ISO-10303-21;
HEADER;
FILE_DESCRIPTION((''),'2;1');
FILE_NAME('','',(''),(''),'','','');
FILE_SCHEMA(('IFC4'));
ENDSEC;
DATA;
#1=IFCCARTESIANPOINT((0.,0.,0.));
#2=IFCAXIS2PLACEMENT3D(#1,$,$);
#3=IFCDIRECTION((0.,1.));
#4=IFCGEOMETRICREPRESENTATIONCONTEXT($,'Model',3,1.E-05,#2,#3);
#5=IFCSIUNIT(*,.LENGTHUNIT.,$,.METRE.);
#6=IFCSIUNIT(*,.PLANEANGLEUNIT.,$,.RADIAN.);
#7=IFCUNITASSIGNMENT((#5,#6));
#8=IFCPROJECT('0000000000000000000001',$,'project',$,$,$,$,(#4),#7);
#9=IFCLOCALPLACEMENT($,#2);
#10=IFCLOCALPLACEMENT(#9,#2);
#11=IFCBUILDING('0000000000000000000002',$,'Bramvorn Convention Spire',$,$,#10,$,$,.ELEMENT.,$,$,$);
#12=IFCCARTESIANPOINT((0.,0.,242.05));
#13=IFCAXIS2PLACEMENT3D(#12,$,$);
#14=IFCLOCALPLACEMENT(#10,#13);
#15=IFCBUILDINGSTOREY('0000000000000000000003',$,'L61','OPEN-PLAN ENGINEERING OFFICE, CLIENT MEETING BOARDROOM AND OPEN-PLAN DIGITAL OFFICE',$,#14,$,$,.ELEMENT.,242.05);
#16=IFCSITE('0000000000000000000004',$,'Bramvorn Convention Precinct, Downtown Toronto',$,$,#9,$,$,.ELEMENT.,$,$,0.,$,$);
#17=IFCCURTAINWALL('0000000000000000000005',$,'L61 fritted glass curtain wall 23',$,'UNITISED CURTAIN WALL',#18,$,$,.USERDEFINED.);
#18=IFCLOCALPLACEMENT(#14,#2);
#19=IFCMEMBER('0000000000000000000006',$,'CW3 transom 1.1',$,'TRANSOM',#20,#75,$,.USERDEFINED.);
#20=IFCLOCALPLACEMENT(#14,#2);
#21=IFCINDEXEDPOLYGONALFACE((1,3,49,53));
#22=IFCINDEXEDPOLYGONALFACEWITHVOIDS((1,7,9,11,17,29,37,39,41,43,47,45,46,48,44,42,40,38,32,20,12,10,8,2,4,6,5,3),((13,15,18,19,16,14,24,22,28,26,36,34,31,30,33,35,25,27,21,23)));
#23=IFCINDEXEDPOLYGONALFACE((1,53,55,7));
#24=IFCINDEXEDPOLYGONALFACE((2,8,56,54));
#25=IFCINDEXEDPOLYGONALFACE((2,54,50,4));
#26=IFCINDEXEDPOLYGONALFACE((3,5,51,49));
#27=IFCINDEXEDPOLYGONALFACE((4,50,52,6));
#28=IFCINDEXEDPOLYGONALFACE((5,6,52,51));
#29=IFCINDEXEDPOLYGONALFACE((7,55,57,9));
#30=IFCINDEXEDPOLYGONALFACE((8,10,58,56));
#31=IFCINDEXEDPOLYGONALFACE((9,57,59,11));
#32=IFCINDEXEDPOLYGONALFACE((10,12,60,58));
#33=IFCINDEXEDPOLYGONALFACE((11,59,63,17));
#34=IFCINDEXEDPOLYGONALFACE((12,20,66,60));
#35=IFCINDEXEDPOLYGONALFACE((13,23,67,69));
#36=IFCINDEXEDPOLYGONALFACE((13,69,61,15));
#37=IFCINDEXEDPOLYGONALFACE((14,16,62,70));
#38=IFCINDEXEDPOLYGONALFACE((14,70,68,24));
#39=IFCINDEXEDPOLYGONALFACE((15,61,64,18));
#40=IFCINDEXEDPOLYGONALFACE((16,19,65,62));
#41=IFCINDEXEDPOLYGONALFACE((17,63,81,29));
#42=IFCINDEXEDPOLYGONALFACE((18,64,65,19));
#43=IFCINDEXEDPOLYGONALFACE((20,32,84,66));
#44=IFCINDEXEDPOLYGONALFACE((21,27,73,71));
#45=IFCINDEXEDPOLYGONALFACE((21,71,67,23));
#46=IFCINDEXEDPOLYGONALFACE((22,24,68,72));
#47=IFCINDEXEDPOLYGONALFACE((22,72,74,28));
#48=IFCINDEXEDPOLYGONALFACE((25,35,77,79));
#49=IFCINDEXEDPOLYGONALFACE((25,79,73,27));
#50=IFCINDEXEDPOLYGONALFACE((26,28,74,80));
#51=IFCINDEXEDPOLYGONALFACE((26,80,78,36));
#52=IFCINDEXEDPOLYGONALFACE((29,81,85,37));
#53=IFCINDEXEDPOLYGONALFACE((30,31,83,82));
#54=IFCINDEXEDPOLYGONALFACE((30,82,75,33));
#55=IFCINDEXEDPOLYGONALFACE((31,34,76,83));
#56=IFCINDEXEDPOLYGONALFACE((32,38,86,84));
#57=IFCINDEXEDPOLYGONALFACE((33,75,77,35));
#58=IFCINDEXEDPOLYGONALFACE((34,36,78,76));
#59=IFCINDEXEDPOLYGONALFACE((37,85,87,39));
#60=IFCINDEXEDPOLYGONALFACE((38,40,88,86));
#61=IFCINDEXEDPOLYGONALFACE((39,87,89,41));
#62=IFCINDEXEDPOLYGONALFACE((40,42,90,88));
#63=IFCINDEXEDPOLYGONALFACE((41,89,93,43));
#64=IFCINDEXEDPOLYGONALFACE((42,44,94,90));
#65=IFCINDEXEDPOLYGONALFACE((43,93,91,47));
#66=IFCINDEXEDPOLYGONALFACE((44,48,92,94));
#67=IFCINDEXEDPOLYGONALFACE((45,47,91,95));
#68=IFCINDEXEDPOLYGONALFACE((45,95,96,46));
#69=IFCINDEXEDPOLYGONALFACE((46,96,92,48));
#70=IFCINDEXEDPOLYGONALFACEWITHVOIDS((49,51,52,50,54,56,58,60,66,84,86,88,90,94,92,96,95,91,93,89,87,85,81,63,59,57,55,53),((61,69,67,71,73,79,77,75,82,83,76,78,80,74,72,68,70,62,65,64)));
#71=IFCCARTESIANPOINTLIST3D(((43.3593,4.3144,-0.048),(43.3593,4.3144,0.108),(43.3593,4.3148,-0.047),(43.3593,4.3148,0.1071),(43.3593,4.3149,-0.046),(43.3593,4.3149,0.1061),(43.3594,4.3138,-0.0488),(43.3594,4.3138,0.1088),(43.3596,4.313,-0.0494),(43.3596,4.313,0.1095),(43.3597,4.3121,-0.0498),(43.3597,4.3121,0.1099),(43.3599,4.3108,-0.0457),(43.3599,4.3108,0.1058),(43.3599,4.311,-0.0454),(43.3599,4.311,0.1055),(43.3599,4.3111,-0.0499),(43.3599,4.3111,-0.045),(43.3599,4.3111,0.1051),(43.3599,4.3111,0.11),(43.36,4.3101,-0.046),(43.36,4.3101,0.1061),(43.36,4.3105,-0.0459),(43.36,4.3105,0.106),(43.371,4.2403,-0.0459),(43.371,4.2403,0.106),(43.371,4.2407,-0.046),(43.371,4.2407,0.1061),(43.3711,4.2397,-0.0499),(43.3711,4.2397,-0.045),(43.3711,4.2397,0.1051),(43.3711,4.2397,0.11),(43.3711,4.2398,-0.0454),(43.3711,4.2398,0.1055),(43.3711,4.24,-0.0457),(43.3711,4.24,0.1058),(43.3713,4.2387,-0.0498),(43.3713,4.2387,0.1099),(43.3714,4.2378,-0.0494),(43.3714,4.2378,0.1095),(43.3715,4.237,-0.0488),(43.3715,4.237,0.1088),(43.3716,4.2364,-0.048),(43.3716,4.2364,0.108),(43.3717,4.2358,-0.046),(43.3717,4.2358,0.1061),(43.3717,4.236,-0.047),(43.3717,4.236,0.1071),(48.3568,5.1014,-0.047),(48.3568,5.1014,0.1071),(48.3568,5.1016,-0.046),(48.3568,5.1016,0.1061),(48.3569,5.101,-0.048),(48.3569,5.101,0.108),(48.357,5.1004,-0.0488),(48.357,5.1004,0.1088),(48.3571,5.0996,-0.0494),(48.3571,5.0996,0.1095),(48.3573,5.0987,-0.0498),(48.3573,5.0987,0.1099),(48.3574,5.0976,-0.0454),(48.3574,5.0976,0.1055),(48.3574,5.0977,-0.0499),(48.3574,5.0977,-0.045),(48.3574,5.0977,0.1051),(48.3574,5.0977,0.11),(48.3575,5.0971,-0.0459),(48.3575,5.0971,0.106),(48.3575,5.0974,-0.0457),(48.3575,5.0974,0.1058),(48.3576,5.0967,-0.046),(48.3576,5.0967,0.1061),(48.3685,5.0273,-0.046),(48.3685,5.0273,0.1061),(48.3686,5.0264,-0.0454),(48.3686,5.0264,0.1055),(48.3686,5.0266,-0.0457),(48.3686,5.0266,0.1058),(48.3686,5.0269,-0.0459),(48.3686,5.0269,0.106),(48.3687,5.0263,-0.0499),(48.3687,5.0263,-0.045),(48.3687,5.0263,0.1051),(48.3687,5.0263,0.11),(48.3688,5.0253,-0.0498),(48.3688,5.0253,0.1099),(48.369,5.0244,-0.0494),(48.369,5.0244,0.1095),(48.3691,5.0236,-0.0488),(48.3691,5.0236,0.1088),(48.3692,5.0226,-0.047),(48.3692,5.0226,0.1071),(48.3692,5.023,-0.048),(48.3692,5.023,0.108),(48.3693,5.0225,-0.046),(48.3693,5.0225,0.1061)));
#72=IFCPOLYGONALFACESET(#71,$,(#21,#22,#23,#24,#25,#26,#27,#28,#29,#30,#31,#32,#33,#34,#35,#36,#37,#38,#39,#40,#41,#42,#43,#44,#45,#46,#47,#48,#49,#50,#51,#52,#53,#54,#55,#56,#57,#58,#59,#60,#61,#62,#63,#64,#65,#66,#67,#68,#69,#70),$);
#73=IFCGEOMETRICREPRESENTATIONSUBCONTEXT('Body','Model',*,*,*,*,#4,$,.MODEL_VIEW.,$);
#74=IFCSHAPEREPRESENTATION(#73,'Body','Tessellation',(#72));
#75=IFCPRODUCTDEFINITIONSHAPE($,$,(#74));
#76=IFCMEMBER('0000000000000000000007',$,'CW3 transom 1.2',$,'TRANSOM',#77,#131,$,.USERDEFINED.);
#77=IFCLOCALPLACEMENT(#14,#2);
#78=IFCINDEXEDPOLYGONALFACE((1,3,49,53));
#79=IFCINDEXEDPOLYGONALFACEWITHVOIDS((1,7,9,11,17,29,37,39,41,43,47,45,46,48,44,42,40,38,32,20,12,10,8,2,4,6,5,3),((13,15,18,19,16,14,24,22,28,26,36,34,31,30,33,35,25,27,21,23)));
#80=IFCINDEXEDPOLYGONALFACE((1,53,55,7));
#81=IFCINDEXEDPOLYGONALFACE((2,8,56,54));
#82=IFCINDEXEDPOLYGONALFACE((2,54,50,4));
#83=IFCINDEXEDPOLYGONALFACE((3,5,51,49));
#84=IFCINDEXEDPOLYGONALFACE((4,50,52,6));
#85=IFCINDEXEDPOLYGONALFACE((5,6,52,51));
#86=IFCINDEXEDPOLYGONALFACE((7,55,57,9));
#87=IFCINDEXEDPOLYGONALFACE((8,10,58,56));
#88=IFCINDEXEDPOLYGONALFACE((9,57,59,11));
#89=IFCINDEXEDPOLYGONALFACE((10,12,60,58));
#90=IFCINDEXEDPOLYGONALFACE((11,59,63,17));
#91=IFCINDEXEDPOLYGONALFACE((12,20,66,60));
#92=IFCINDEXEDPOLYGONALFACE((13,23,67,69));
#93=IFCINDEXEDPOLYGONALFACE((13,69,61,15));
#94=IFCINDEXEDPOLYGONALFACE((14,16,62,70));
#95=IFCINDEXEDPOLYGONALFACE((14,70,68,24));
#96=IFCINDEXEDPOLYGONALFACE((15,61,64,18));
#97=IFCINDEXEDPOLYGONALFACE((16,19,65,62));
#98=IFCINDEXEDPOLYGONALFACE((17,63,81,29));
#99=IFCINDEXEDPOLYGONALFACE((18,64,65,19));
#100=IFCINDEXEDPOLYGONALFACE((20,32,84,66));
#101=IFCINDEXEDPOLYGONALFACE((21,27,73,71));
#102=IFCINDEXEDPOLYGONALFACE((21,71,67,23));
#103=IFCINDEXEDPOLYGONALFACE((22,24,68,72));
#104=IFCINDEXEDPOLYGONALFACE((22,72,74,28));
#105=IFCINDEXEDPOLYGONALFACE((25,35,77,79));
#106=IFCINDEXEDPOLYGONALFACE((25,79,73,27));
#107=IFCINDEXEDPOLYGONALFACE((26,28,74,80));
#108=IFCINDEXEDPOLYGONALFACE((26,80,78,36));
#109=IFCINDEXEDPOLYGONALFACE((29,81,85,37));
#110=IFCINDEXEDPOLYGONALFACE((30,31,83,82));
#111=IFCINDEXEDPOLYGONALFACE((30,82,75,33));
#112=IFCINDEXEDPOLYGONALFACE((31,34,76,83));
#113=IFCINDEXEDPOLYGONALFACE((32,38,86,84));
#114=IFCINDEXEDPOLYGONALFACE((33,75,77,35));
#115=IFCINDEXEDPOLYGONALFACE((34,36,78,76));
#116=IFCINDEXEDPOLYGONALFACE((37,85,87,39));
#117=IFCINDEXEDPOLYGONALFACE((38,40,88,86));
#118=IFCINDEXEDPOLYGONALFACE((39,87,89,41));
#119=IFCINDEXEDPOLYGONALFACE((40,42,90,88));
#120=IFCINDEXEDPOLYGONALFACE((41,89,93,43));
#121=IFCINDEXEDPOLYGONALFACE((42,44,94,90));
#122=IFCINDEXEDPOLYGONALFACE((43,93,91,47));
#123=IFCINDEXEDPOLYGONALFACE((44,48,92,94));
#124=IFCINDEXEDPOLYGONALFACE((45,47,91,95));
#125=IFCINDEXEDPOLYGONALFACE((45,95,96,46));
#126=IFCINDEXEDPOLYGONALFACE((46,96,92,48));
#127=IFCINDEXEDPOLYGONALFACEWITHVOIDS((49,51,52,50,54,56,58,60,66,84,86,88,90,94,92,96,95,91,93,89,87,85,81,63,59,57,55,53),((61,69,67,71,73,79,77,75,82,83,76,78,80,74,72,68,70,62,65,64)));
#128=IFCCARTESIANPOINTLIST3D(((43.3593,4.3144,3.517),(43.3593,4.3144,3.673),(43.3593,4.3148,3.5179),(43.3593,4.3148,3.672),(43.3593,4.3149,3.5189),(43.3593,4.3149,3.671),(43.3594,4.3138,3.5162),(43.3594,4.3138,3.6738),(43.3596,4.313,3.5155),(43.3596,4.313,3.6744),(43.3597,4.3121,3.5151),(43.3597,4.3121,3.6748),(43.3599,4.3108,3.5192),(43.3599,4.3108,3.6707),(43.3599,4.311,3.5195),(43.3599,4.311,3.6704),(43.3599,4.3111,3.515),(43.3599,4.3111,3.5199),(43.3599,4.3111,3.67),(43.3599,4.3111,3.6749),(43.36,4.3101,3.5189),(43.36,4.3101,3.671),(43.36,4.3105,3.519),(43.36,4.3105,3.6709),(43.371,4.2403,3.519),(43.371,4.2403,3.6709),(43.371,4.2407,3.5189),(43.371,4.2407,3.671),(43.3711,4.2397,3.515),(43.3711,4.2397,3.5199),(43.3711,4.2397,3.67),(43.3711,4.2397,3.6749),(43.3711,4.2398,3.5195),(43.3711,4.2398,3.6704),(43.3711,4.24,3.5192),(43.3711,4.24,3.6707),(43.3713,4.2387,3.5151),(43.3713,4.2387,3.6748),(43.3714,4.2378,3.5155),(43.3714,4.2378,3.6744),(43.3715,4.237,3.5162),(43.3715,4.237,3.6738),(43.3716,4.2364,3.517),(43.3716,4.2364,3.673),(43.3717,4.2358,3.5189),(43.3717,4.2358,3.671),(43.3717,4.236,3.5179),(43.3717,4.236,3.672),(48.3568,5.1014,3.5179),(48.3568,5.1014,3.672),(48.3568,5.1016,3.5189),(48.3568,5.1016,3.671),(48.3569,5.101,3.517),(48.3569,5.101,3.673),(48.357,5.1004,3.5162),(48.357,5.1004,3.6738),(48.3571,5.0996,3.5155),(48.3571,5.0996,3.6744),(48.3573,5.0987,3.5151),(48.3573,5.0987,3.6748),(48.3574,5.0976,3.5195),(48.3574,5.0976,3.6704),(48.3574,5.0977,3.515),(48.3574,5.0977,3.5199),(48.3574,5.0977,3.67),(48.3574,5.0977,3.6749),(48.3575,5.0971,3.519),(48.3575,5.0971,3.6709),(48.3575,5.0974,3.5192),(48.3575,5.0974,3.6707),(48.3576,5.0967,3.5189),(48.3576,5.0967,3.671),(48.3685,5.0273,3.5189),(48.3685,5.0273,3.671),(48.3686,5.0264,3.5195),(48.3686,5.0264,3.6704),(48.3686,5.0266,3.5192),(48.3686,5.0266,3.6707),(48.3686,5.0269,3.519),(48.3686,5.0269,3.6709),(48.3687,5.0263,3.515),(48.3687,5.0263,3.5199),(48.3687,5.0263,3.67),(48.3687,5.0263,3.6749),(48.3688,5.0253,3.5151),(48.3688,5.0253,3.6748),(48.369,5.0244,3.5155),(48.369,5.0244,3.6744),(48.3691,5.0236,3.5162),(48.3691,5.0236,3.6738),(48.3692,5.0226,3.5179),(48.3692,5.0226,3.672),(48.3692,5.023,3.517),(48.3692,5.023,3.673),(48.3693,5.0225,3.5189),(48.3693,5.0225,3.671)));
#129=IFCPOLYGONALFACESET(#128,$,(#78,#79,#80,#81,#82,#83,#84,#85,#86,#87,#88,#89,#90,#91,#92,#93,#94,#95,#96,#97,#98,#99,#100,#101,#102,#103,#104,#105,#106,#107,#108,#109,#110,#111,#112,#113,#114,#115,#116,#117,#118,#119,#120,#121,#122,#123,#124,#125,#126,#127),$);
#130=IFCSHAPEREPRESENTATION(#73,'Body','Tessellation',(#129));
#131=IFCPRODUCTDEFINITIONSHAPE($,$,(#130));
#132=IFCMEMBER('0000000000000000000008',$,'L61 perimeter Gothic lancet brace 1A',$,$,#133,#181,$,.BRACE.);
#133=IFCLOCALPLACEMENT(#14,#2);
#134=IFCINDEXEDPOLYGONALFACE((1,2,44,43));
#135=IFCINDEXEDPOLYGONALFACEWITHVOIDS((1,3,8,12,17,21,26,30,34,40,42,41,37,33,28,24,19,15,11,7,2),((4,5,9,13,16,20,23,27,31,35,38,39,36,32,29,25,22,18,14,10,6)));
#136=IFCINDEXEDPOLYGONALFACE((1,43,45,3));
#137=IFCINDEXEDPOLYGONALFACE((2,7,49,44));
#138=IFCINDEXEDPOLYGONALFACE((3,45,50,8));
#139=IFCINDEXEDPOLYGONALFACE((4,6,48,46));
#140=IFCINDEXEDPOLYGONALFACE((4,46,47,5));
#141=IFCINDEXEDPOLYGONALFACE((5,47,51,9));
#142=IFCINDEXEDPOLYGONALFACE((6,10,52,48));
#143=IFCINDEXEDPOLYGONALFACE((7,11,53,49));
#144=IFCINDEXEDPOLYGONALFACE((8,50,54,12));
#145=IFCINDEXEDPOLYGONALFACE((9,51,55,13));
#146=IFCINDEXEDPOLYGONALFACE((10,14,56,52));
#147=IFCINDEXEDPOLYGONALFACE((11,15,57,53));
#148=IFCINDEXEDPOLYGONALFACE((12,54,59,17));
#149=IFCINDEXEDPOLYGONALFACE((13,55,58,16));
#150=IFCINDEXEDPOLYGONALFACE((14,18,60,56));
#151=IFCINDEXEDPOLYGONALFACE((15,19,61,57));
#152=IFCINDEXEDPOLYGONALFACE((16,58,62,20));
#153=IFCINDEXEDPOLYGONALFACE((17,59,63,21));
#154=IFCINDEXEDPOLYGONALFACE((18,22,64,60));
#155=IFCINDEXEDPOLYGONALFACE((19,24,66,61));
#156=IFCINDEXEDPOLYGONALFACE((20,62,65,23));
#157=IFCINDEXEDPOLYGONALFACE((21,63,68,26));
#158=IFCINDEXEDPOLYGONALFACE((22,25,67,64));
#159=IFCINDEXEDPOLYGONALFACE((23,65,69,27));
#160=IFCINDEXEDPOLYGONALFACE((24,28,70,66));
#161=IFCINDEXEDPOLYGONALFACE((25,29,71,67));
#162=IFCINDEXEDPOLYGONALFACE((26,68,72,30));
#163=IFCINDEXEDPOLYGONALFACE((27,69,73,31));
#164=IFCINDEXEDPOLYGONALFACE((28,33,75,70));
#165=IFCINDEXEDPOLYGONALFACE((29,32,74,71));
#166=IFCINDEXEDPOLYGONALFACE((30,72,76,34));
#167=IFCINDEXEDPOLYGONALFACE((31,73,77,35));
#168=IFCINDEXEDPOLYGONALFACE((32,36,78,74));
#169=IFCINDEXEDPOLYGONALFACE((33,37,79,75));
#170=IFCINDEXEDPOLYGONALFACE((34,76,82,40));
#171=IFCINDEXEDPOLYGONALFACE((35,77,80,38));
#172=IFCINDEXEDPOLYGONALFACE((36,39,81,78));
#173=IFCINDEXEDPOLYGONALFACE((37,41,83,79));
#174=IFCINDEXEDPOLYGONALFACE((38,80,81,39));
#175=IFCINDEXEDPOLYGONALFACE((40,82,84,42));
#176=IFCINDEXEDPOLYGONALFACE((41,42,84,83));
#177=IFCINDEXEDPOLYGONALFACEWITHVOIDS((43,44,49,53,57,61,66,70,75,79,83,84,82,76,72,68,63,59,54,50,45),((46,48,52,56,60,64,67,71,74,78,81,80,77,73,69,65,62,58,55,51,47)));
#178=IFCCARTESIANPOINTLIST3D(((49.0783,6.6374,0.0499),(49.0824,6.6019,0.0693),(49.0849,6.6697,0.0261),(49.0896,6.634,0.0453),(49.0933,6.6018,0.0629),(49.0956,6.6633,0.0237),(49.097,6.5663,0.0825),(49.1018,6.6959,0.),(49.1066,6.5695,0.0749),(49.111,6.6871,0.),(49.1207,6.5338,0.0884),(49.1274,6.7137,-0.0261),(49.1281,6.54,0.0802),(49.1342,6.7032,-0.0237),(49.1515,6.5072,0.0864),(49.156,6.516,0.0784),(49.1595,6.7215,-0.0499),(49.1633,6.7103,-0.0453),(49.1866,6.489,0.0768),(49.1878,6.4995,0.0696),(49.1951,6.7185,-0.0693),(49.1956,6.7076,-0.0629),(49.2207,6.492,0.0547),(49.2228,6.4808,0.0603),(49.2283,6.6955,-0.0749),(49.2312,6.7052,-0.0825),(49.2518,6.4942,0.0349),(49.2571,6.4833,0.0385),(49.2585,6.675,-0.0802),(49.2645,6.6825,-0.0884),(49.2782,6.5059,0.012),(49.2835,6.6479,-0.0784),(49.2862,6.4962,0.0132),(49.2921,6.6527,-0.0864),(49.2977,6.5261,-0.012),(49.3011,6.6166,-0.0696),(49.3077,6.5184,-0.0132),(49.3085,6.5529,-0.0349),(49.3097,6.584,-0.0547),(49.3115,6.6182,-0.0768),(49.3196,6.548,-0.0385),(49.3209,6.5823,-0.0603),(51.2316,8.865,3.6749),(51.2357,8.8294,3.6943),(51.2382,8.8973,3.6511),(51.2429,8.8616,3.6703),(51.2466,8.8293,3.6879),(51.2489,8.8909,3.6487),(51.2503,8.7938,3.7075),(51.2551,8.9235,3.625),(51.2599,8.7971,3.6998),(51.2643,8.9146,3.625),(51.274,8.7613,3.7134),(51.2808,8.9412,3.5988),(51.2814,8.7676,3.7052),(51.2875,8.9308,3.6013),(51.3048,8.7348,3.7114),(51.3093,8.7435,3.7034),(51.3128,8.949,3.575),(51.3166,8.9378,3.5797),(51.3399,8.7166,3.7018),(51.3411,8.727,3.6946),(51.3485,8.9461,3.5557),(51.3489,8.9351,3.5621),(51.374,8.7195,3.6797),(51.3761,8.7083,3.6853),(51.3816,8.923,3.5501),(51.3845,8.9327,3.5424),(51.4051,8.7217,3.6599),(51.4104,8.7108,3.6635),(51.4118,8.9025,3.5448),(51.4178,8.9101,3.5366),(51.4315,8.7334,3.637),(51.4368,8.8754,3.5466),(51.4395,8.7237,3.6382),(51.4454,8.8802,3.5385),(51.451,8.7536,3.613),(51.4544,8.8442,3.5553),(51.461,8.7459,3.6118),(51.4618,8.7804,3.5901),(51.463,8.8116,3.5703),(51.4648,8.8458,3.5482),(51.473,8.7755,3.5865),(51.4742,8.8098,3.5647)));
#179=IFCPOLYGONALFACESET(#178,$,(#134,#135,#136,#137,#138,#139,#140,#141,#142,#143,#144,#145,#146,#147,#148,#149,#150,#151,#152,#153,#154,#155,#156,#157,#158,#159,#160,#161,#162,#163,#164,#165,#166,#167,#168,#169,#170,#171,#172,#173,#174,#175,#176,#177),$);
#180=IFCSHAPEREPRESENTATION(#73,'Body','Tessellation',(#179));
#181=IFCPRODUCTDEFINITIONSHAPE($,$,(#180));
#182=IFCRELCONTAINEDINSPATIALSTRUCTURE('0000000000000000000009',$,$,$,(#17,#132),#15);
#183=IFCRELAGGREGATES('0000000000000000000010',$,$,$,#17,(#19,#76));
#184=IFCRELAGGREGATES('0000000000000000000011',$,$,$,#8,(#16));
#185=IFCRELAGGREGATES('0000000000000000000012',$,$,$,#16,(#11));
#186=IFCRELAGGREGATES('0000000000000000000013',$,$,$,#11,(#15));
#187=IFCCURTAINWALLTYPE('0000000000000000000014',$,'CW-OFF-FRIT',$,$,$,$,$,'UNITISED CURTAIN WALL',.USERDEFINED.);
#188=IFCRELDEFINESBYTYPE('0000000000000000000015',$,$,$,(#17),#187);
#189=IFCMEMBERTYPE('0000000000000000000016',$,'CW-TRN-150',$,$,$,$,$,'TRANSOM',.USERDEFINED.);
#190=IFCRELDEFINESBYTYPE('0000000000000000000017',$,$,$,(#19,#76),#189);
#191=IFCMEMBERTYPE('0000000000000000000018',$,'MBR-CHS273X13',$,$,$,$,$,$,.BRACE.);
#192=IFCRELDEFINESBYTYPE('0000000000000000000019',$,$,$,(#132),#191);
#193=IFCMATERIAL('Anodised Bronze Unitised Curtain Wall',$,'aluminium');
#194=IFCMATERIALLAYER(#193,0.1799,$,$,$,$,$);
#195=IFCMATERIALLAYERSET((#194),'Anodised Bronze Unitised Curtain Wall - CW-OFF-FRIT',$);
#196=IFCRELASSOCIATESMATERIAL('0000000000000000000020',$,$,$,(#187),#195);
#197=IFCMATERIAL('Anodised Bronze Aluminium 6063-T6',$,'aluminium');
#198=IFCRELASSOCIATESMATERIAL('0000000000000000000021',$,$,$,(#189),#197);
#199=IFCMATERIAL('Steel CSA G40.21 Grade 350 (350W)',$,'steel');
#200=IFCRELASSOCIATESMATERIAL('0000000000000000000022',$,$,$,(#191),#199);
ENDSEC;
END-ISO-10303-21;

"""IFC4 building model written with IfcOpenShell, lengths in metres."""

from ifc_helpers import new_model, si_unit, direction, frame, origin, origin_2d, place, context, subcontext, project, spatial, hollow_rectangle, hollow_circle, extrude, material, layer, layer_set, material_profile, profile_set, type_object, element, aggregate, save


model = new_model("IFC4")

# Units and contexts
model_context = context("Model", 3, precision=1e-05, world=origin(), true_north=direction((0.0, 1.0)))
body_context = subcontext(model_context, "Body", "Model", "MODEL_VIEW")
ifc_project = project(units=[si_unit("LENGTHUNIT", "METRE"), si_unit("PLANEANGLEUNIT", "RADIAN")], contexts=[model_context])

# Site, building, storey
site_placement = place(None, origin())
site = spatial("IfcSite", under=ifc_project, at=site_placement, Name="Bramvorn Convention Precinct, Downtown Toronto", CompositionType="ELEMENT", RefElevation=0.0)
building_placement = place(site_placement, origin())
building = spatial("IfcBuilding", under=site, at=building_placement, Name="Bramvorn Convention Spire", CompositionType="ELEMENT")
storey_placement = place(building_placement, frame((0.0, 0.0, 242.05)))
storey = spatial("IfcBuildingStorey", under=building, at=storey_placement, Name="L61", Description="OPEN-PLAN ENGINEERING OFFICE, CLIENT MEETING BOARDROOM AND OPEN-PLAN DIGITAL OFFICE", CompositionType="ELEMENT", Elevation=242.05)

# Shared definitions
ifc_material_1 = material(Name="Steel CSA G40.21 Grade 350 (350W)", Category="steel")

# Shared definitions
ifc_material_2 = material(Name="Anodised Bronze Unitised Curtain Wall", Category="aluminium")
ifc_layer_1 = layer(ifc_material_2, 0.1799)
ifc_layer_set_1 = layer_set([ifc_layer_1], Name="Anodised Bronze Unitised Curtain Wall - CW-OFF-FRIT")
curtain_wall_type = type_object("IfcCurtainWallType", Name="CW-OFF-FRIT", ElementType="UNITISED CURTAIN WALL", PredefinedType="USERDEFINED", material=ifc_layer_set_1)
ifc_material_3 = material(Name="Anodised Bronze Aluminium 6063-T6", Category="aluminium")

# Curtain wall, members
curtain_wall_1_placement = place(storey_placement, origin())
curtain_wall_1 = element("IfcCurtainWall", 1, at=curtain_wall_1_placement, inside=storey, type_object=curtain_wall_type, Name="L61 fritted glass curtain wall 23", ObjectType="UNITISED CURTAIN WALL", PredefinedType="USERDEFINED")
ifc_material_profile_1 = material_profile(ifc_material_3, hollow_rectangle(XDim=0.0801, YDim=0.1599, WallThickness=0.0039, InnerFilletRadius=0.001, OuterFilletRadius=0.0039, at=origin_2d()))
ifc_profile_set_1 = profile_set([ifc_material_profile_1], Name="Anodised Bronze Aluminium 6063-T6 - CWT80X160")
member_type_1 = type_object("IfcMemberType", Name="CW-TRN-150", ElementType="TRANSOM", PredefinedType="USERDEFINED", material=ifc_profile_set_1)
member_1_placement = place(storey_placement, frame((48.363, 5.062, 0.03), z_axis=(-0.987838, -0.155487, 0.0), x_axis=(0.155487, -0.987838, 0.0)))
member_1 = element("IfcMember", 2, at=member_1_placement, type_object=member_type_1, Name="CW3 transom 1.1", ObjectType="TRANSOM", PredefinedType="USERDEFINED", context=body_context, shape_type="SweptSolid", body=[
    extrude(hollow_rectangle(XDim=0.0801, YDim=0.1599, WallThickness=0.0039, InnerFilletRadius=0.001, OuterFilletRadius=0.0039, at=origin_2d()), origin(), (0.0, 0.0, 1.0), 5.0591),
])
member_2_placement = place(storey_placement, frame((48.363, 5.062, 3.595), z_axis=(-0.987838, -0.155487, 0.0), x_axis=(0.155487, -0.987838, 0.0)))
member_2 = element("IfcMember", 3, at=member_2_placement, type_object=member_type_1, Name="CW3 transom 1.2", ObjectType="TRANSOM", PredefinedType="USERDEFINED", context=body_context, shape_type="SweptSolid", body=[
    extrude(hollow_rectangle(XDim=0.0801, YDim=0.1599, WallThickness=0.0039, InnerFilletRadius=0.001, OuterFilletRadius=0.0039, at=origin_2d()), origin(), (0.0, 0.0, 1.0), 5.0591),
])
aggregate(curtain_wall_1, [member_1, member_2])

# Member
ifc_material_profile_2 = material_profile(ifc_material_1, hollow_circle(Radius=0.1365, WallThickness=0.0127, at=origin_2d()))
ifc_profile_set_2 = profile_set([ifc_material_profile_2], Name="Steel CSA G40.21 Grade 350 (350W) - CHS273X13")
member_type_2 = type_object("IfcMemberType", Name="MBR-CHS273X13", PredefinedType="BRACE", material=ifc_profile_set_2)
for number, where, z_axis, x_axis, name in (
    (4, (49.2, 6.6011, 0.0), (0.451564, 0.467129, 0.760185), (-0.718983, 0.695028, 0.0), "L61 perimeter Gothic lancet brace 1A"),
):
    element("IfcMember", number, at=place(storey_placement, frame(where, z_axis=z_axis, x_axis=x_axis)), inside=storey, type_object=member_type_2, Name=name, PredefinedType="BRACE", context=body_context, shape_type="SweptSolid", body=[
        extrude(hollow_circle(Radius=0.1365, WallThickness=0.0127, at=origin_2d()), origin(), (0.0, 0.0, 1.0), 4.7686),
    ])

save(model, "model.ifc")
